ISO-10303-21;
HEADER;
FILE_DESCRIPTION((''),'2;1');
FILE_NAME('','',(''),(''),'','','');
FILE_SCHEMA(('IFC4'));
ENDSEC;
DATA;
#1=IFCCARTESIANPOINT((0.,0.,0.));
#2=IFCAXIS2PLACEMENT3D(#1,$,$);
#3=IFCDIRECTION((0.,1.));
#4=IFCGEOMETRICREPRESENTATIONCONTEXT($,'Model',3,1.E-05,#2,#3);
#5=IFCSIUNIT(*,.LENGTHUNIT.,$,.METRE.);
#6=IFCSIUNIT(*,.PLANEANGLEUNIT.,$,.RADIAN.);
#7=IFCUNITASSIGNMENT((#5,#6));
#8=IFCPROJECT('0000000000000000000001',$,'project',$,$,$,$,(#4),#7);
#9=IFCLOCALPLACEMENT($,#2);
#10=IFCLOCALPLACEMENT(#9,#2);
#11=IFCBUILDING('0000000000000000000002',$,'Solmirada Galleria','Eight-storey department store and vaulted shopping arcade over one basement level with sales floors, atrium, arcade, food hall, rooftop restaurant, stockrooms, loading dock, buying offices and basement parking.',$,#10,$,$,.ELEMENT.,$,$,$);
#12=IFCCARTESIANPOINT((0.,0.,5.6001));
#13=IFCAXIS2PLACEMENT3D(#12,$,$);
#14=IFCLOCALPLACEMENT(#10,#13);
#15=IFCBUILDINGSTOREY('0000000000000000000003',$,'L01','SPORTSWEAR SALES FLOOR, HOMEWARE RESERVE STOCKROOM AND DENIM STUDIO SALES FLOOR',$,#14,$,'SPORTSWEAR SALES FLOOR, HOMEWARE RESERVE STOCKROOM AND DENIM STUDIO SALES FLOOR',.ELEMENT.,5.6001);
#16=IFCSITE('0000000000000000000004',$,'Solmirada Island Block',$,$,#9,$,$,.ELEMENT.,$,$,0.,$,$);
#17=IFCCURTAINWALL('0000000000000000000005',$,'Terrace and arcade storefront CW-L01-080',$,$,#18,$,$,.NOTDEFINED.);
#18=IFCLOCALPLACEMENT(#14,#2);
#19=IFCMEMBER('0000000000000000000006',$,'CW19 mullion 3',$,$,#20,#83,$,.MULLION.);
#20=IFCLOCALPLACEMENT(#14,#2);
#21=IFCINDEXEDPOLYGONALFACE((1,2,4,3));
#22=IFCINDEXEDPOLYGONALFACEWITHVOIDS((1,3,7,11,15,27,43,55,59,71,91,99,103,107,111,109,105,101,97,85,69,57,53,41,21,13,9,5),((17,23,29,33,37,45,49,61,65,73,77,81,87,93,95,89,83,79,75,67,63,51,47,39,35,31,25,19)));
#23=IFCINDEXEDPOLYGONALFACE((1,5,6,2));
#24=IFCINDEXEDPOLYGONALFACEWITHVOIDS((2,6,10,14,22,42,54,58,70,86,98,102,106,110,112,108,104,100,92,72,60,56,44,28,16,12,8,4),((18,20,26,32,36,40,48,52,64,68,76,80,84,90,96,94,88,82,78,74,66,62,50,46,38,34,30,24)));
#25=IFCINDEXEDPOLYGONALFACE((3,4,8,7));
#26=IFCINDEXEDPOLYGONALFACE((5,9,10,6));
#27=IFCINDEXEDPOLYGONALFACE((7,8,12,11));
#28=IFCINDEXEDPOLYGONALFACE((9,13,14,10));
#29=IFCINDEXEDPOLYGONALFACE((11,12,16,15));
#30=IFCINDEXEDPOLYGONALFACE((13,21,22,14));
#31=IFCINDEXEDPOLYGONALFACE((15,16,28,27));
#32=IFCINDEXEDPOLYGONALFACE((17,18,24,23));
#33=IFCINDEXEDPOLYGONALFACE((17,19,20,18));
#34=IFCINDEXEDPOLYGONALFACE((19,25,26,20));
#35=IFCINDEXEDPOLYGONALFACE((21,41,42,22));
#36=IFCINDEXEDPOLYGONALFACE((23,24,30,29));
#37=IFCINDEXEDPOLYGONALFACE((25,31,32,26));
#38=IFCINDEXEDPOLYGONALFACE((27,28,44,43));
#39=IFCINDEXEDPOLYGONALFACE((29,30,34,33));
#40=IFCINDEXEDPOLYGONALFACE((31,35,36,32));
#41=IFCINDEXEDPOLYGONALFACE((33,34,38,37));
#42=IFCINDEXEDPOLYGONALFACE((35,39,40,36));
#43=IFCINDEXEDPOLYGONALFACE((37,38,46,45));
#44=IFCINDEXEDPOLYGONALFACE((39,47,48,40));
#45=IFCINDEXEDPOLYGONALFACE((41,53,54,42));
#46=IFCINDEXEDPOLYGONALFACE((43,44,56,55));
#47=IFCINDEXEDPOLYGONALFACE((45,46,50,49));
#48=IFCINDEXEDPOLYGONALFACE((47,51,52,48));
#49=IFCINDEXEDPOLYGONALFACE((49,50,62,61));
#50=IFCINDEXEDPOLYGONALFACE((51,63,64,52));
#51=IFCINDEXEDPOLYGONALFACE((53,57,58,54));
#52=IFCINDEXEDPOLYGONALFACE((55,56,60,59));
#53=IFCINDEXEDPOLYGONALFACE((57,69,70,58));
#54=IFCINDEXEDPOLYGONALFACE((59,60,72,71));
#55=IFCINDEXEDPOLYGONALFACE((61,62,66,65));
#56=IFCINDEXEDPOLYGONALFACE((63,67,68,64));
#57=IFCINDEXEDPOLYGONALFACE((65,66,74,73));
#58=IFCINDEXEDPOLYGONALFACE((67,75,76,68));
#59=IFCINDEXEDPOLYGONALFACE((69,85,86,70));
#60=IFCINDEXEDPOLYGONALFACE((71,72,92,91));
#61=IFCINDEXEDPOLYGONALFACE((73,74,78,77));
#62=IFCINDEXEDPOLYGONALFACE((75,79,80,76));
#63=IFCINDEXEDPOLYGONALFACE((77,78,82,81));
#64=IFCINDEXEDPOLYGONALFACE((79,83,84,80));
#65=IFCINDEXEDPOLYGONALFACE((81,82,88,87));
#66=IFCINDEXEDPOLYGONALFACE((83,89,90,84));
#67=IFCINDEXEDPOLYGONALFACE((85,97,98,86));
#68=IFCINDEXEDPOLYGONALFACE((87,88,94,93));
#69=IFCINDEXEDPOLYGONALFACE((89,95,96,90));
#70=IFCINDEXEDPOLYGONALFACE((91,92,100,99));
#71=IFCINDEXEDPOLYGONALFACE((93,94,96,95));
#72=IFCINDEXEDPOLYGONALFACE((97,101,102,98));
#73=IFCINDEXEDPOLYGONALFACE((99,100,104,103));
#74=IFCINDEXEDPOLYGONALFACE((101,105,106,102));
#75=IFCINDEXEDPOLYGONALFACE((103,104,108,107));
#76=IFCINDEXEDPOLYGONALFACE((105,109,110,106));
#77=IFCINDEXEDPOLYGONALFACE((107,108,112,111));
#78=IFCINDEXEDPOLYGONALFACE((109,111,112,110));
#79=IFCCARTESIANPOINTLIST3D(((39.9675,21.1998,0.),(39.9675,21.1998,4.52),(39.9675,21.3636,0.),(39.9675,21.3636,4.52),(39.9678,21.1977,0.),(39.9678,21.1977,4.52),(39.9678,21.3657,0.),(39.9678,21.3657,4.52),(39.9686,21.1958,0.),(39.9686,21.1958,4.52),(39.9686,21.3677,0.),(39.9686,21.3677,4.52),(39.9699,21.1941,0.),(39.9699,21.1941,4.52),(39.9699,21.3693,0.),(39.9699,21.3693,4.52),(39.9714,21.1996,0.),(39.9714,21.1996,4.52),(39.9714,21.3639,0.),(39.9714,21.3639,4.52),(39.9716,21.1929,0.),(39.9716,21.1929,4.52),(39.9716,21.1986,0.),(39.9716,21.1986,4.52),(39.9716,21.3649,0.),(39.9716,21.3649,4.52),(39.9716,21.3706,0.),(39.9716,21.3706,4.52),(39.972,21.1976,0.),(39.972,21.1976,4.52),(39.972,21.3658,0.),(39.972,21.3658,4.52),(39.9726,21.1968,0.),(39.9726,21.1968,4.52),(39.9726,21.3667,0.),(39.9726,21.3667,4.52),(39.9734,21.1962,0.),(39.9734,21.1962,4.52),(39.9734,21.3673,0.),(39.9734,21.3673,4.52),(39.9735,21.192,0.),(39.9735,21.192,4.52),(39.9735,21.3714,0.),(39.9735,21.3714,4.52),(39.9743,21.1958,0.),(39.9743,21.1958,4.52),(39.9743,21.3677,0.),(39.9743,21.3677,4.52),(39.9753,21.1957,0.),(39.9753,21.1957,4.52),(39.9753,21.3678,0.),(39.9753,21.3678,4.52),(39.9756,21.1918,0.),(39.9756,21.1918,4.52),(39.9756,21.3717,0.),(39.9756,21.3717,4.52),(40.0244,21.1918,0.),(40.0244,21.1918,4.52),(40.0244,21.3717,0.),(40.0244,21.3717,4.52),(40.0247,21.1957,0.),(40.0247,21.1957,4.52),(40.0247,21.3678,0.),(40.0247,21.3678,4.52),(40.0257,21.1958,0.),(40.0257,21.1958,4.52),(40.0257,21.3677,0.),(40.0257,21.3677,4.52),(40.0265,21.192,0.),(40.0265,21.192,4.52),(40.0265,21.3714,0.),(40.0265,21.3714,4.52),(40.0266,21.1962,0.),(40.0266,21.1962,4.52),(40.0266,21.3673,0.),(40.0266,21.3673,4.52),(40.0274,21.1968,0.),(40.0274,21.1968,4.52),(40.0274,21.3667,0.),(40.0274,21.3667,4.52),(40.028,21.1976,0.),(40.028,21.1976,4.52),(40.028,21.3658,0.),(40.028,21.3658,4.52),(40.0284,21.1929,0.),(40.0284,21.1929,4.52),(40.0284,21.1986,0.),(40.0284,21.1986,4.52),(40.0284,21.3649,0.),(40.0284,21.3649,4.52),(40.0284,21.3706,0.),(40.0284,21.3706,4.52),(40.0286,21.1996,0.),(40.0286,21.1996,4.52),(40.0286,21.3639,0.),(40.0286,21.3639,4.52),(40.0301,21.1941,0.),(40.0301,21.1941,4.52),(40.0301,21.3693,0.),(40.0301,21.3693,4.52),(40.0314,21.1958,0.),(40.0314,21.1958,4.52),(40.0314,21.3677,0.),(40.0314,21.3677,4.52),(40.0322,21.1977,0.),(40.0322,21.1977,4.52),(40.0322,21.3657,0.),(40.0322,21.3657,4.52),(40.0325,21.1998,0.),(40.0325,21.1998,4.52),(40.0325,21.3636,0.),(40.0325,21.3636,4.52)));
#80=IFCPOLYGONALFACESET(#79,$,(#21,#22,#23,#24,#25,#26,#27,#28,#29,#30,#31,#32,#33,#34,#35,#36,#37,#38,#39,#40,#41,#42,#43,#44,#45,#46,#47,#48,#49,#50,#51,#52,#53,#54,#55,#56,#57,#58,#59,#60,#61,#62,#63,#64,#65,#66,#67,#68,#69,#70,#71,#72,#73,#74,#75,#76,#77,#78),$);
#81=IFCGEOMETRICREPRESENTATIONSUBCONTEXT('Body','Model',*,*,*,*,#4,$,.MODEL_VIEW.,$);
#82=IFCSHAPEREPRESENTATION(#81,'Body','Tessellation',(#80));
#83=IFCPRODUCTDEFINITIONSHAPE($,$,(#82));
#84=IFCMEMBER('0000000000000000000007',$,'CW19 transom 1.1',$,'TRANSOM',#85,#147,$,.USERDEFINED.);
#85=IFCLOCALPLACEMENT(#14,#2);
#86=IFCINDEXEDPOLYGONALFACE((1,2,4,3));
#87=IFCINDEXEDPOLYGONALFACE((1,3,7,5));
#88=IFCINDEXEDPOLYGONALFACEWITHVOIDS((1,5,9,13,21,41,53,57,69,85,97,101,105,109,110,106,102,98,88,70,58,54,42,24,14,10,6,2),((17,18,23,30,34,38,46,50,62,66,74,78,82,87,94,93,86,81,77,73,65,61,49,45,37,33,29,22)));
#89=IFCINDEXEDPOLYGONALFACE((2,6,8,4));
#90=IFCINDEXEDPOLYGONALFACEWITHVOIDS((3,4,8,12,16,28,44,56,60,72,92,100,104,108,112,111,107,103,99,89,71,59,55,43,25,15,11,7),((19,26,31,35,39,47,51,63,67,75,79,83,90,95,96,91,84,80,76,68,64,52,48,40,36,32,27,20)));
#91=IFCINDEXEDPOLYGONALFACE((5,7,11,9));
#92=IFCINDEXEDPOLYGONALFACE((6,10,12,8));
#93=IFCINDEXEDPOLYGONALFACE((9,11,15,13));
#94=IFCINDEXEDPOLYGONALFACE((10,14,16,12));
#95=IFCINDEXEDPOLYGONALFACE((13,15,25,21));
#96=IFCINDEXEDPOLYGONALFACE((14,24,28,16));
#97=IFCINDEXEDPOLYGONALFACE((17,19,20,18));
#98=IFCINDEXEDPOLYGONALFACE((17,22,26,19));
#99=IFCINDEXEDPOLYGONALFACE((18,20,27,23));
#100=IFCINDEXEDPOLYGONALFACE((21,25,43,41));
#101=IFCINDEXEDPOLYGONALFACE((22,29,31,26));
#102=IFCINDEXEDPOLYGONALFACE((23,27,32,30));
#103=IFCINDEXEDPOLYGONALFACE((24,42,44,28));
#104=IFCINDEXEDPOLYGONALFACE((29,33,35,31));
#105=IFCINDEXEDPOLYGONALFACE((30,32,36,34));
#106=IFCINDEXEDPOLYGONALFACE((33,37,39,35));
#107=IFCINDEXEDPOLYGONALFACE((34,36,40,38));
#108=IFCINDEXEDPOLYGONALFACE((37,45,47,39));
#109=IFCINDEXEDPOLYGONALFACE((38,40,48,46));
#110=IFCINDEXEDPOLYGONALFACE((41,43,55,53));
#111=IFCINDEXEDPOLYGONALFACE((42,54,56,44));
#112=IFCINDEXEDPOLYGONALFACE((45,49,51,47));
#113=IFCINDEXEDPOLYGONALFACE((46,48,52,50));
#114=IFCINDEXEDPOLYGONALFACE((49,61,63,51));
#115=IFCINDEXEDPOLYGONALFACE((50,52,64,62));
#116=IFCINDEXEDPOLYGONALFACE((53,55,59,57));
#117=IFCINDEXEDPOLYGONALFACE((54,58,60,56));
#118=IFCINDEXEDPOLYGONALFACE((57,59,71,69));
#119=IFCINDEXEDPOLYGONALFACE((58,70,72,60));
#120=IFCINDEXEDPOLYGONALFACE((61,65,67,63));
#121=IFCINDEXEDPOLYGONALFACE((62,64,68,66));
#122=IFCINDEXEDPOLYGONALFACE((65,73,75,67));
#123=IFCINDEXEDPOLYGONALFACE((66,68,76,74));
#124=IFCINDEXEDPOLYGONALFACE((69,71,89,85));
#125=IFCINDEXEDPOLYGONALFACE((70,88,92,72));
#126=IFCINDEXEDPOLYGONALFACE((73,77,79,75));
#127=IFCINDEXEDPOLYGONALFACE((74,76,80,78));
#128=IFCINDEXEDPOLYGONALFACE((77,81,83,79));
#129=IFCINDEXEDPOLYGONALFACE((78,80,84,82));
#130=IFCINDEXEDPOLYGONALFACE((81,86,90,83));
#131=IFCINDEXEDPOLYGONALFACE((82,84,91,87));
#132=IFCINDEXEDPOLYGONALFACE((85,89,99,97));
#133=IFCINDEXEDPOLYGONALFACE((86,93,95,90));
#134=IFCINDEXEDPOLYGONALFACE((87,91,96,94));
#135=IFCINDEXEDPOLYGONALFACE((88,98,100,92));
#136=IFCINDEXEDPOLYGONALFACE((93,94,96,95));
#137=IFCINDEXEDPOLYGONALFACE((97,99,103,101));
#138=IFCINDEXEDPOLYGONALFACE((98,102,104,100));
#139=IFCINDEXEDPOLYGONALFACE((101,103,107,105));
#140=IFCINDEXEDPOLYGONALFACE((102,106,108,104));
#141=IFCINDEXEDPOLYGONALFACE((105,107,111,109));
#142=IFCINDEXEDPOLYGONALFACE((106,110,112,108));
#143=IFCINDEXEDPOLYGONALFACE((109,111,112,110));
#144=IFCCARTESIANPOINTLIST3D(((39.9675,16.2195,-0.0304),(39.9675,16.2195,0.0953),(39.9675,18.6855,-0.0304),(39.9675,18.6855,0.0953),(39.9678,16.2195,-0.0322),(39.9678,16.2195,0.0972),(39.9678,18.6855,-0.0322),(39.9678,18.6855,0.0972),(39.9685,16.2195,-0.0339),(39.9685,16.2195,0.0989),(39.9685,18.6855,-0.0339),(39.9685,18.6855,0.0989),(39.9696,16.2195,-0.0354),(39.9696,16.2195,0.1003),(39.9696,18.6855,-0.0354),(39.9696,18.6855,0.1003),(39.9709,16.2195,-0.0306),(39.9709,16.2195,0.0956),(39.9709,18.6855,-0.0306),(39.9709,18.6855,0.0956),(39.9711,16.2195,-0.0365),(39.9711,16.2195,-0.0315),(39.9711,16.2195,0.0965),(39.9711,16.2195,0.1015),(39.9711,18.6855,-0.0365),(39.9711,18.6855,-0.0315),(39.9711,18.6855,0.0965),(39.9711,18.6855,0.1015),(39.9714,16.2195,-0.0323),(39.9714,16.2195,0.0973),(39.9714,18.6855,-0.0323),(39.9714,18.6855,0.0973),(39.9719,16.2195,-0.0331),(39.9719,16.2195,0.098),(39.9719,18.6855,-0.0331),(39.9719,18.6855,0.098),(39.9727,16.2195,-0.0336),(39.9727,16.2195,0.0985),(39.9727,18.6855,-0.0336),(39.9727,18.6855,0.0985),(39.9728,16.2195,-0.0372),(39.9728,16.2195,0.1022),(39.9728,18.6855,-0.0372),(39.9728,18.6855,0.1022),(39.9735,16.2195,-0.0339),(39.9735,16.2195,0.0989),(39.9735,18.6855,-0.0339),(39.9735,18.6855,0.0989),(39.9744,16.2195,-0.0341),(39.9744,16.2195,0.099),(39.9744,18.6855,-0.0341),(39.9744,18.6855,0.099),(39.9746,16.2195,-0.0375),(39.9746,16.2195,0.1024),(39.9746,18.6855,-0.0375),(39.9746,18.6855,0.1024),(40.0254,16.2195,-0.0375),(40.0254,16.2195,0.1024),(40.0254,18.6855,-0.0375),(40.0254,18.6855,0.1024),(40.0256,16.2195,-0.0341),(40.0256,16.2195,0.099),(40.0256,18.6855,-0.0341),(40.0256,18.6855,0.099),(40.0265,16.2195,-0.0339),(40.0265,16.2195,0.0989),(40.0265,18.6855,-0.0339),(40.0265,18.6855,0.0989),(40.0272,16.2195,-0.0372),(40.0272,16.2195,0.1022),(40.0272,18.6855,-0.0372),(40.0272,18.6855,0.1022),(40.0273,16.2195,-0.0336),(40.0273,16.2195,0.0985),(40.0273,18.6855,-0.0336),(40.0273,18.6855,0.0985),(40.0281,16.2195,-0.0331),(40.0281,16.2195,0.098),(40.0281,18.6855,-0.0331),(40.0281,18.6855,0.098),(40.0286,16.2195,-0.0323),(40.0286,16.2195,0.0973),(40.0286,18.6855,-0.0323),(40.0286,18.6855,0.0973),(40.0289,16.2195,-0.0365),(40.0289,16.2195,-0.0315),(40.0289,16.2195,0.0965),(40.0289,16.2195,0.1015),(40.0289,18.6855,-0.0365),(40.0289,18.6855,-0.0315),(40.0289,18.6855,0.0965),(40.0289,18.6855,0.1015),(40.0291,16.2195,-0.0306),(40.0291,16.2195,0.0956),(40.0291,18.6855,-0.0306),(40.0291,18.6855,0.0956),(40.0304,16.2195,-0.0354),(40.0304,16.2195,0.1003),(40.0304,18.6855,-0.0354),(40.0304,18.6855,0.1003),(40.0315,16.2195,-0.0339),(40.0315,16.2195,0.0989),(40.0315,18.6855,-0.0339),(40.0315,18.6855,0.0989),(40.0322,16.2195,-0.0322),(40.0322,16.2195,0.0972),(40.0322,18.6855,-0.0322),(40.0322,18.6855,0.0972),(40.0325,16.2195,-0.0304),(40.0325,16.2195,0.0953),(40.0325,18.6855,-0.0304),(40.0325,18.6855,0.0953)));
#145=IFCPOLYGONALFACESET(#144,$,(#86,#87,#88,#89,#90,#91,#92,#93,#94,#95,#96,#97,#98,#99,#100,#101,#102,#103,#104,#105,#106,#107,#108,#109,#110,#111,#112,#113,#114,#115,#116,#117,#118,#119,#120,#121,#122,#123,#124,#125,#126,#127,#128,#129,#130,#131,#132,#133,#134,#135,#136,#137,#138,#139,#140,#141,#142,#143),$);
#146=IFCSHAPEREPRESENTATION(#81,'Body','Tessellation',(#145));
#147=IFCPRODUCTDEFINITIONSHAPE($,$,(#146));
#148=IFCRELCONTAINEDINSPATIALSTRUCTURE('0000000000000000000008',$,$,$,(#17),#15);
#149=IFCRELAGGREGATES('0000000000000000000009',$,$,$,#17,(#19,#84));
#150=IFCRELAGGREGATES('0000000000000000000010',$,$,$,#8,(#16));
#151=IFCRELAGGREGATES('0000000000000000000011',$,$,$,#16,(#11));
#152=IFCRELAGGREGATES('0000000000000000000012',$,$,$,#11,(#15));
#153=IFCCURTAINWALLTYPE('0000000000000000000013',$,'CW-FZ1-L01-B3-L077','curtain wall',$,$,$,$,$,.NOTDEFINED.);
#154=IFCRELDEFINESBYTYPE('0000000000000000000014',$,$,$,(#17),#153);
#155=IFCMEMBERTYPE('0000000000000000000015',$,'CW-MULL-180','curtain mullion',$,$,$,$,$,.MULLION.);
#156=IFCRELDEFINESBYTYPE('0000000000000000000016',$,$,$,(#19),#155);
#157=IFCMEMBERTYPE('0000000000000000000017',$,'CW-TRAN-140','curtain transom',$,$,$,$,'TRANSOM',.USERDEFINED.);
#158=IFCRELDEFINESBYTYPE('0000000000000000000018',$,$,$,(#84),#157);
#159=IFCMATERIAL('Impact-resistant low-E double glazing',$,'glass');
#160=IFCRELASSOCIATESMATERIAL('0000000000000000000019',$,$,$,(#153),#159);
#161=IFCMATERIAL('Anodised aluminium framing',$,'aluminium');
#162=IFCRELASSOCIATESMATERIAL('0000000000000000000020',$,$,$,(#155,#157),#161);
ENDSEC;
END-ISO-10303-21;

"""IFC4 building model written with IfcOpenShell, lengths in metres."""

from ifc_helpers import new_model, si_unit, direction, frame, origin, origin_2d, place, context, subcontext, project, spatial, hollow_rectangle, extrude, material, material_profile, profile_set, type_object, element, aggregate, save


model = new_model("IFC4")

# Units and contexts
model_context = context("Model", 3, precision=1e-05, world=origin(), true_north=direction((0.0, 1.0)))
body_context = subcontext(model_context, "Body", "Model", "MODEL_VIEW")
ifc_project = project(units=[si_unit("LENGTHUNIT", "METRE"), si_unit("PLANEANGLEUNIT", "RADIAN")], contexts=[model_context])

# Site, building, storey
site_placement = place(None, origin())
site = spatial("IfcSite", under=ifc_project, at=site_placement, Name="Solmirada Island Block", CompositionType="ELEMENT", RefElevation=0.0)
building_placement = place(site_placement, origin())
building = spatial("IfcBuilding", under=site, at=building_placement, Name="Solmirada Galleria", Description="Eight-storey department store and vaulted shopping arcade over one basement level with sales floors, atrium, arcade, food hall, rooftop restaurant, stockrooms, loading dock, buying offices and basement parking.", CompositionType="ELEMENT")
storey_placement = place(building_placement, frame((0.0, 0.0, 5.6001)))
storey = spatial("IfcBuildingStorey", under=building, at=storey_placement, Name="L01", Description="SPORTSWEAR SALES FLOOR, HOMEWARE RESERVE STOCKROOM AND DENIM STUDIO SALES FLOOR", LongName="SPORTSWEAR SALES FLOOR, HOMEWARE RESERVE STOCKROOM AND DENIM STUDIO SALES FLOOR", CompositionType="ELEMENT", Elevation=5.6001)

# Curtain wall, members
ifc_material_1 = material(Name="Impact-resistant low-E double glazing", Category="glass")
curtain_wall_type = type_object("IfcCurtainWallType", Name="CW-FZ1-L01-B3-L077", Description="curtain wall", PredefinedType="NOTDEFINED", material=ifc_material_1)
curtain_wall_placement = place(storey_placement, origin())
curtain_wall = element("IfcCurtainWall", 1, at=curtain_wall_placement, inside=storey, type_object=curtain_wall_type, Name="Terrace and arcade storefront CW-L01-080", PredefinedType="NOTDEFINED")
ifc_material_2 = material(Name="Anodised aluminium framing", Category="aluminium")
ifc_material_profile_1 = material_profile(ifc_material_2, hollow_rectangle(XDim=0.0649, YDim=0.1799, WallThickness=0.0039, InnerFilletRadius=0.0039, OuterFilletRadius=0.0081, at=origin_2d()), Name="ALU-MULL-180X65")
ifc_profile_set_1 = profile_set([ifc_material_profile_1], Name="Anodised aluminium framing")
member_type_1 = type_object("IfcMemberType", Name="CW-MULL-180", Description="curtain mullion", PredefinedType="MULLION", material=ifc_profile_set_1)
member_1_placement = place(storey_placement, frame((40.0, 21.2817, 0.0), z_axis=(0.0, 0.0, 1.0), x_axis=(-1.0, 0.0, 0.0)))
member_1 = element("IfcMember", 2, at=member_1_placement, type_object=member_type_1, Name="CW19 mullion 3", PredefinedType="MULLION", context=body_context, shape_type="SweptSolid", body=[
    extrude(hollow_rectangle(XDim=0.0649, YDim=0.1799, WallThickness=0.0039, InnerFilletRadius=0.0039, OuterFilletRadius=0.0081, at=origin_2d()), origin(), (0.0, 0.0, 1.0), 4.52),
])
ifc_material_profile_2 = material_profile(ifc_material_2, hollow_rectangle(XDim=0.0649, YDim=0.1399, WallThickness=0.0034, InnerFilletRadius=0.0034, OuterFilletRadius=0.0071, at=origin_2d()), Name="ALU-TRAN-140X65")
ifc_profile_set_2 = profile_set([ifc_material_profile_2], Name="Anodised aluminium framing")
member_type_2 = type_object("IfcMemberType", Name="CW-TRAN-140", Description="curtain transom", ElementType="TRANSOM", PredefinedType="USERDEFINED", material=ifc_profile_set_2)
member_2_placement = place(storey_placement, frame((40.0, 16.2195, 0.0325), z_axis=(0.0, 1.0, 0.0), x_axis=(-1.0, 0.0, 0.0)))
member_2 = element("IfcMember", 3, at=member_2_placement, type_object=member_type_2, Name="CW19 transom 1.1", ObjectType="TRANSOM", PredefinedType="USERDEFINED", context=body_context, shape_type="SweptSolid", body=[
    extrude(hollow_rectangle(XDim=0.0649, YDim=0.1399, WallThickness=0.0034, InnerFilletRadius=0.0034, OuterFilletRadius=0.0071, at=origin_2d()), origin(), (0.0, 0.0, 1.0), 2.4661),
])

aggregate(curtain_wall, [member_1, member_2])

save(model, "model.ifc")
